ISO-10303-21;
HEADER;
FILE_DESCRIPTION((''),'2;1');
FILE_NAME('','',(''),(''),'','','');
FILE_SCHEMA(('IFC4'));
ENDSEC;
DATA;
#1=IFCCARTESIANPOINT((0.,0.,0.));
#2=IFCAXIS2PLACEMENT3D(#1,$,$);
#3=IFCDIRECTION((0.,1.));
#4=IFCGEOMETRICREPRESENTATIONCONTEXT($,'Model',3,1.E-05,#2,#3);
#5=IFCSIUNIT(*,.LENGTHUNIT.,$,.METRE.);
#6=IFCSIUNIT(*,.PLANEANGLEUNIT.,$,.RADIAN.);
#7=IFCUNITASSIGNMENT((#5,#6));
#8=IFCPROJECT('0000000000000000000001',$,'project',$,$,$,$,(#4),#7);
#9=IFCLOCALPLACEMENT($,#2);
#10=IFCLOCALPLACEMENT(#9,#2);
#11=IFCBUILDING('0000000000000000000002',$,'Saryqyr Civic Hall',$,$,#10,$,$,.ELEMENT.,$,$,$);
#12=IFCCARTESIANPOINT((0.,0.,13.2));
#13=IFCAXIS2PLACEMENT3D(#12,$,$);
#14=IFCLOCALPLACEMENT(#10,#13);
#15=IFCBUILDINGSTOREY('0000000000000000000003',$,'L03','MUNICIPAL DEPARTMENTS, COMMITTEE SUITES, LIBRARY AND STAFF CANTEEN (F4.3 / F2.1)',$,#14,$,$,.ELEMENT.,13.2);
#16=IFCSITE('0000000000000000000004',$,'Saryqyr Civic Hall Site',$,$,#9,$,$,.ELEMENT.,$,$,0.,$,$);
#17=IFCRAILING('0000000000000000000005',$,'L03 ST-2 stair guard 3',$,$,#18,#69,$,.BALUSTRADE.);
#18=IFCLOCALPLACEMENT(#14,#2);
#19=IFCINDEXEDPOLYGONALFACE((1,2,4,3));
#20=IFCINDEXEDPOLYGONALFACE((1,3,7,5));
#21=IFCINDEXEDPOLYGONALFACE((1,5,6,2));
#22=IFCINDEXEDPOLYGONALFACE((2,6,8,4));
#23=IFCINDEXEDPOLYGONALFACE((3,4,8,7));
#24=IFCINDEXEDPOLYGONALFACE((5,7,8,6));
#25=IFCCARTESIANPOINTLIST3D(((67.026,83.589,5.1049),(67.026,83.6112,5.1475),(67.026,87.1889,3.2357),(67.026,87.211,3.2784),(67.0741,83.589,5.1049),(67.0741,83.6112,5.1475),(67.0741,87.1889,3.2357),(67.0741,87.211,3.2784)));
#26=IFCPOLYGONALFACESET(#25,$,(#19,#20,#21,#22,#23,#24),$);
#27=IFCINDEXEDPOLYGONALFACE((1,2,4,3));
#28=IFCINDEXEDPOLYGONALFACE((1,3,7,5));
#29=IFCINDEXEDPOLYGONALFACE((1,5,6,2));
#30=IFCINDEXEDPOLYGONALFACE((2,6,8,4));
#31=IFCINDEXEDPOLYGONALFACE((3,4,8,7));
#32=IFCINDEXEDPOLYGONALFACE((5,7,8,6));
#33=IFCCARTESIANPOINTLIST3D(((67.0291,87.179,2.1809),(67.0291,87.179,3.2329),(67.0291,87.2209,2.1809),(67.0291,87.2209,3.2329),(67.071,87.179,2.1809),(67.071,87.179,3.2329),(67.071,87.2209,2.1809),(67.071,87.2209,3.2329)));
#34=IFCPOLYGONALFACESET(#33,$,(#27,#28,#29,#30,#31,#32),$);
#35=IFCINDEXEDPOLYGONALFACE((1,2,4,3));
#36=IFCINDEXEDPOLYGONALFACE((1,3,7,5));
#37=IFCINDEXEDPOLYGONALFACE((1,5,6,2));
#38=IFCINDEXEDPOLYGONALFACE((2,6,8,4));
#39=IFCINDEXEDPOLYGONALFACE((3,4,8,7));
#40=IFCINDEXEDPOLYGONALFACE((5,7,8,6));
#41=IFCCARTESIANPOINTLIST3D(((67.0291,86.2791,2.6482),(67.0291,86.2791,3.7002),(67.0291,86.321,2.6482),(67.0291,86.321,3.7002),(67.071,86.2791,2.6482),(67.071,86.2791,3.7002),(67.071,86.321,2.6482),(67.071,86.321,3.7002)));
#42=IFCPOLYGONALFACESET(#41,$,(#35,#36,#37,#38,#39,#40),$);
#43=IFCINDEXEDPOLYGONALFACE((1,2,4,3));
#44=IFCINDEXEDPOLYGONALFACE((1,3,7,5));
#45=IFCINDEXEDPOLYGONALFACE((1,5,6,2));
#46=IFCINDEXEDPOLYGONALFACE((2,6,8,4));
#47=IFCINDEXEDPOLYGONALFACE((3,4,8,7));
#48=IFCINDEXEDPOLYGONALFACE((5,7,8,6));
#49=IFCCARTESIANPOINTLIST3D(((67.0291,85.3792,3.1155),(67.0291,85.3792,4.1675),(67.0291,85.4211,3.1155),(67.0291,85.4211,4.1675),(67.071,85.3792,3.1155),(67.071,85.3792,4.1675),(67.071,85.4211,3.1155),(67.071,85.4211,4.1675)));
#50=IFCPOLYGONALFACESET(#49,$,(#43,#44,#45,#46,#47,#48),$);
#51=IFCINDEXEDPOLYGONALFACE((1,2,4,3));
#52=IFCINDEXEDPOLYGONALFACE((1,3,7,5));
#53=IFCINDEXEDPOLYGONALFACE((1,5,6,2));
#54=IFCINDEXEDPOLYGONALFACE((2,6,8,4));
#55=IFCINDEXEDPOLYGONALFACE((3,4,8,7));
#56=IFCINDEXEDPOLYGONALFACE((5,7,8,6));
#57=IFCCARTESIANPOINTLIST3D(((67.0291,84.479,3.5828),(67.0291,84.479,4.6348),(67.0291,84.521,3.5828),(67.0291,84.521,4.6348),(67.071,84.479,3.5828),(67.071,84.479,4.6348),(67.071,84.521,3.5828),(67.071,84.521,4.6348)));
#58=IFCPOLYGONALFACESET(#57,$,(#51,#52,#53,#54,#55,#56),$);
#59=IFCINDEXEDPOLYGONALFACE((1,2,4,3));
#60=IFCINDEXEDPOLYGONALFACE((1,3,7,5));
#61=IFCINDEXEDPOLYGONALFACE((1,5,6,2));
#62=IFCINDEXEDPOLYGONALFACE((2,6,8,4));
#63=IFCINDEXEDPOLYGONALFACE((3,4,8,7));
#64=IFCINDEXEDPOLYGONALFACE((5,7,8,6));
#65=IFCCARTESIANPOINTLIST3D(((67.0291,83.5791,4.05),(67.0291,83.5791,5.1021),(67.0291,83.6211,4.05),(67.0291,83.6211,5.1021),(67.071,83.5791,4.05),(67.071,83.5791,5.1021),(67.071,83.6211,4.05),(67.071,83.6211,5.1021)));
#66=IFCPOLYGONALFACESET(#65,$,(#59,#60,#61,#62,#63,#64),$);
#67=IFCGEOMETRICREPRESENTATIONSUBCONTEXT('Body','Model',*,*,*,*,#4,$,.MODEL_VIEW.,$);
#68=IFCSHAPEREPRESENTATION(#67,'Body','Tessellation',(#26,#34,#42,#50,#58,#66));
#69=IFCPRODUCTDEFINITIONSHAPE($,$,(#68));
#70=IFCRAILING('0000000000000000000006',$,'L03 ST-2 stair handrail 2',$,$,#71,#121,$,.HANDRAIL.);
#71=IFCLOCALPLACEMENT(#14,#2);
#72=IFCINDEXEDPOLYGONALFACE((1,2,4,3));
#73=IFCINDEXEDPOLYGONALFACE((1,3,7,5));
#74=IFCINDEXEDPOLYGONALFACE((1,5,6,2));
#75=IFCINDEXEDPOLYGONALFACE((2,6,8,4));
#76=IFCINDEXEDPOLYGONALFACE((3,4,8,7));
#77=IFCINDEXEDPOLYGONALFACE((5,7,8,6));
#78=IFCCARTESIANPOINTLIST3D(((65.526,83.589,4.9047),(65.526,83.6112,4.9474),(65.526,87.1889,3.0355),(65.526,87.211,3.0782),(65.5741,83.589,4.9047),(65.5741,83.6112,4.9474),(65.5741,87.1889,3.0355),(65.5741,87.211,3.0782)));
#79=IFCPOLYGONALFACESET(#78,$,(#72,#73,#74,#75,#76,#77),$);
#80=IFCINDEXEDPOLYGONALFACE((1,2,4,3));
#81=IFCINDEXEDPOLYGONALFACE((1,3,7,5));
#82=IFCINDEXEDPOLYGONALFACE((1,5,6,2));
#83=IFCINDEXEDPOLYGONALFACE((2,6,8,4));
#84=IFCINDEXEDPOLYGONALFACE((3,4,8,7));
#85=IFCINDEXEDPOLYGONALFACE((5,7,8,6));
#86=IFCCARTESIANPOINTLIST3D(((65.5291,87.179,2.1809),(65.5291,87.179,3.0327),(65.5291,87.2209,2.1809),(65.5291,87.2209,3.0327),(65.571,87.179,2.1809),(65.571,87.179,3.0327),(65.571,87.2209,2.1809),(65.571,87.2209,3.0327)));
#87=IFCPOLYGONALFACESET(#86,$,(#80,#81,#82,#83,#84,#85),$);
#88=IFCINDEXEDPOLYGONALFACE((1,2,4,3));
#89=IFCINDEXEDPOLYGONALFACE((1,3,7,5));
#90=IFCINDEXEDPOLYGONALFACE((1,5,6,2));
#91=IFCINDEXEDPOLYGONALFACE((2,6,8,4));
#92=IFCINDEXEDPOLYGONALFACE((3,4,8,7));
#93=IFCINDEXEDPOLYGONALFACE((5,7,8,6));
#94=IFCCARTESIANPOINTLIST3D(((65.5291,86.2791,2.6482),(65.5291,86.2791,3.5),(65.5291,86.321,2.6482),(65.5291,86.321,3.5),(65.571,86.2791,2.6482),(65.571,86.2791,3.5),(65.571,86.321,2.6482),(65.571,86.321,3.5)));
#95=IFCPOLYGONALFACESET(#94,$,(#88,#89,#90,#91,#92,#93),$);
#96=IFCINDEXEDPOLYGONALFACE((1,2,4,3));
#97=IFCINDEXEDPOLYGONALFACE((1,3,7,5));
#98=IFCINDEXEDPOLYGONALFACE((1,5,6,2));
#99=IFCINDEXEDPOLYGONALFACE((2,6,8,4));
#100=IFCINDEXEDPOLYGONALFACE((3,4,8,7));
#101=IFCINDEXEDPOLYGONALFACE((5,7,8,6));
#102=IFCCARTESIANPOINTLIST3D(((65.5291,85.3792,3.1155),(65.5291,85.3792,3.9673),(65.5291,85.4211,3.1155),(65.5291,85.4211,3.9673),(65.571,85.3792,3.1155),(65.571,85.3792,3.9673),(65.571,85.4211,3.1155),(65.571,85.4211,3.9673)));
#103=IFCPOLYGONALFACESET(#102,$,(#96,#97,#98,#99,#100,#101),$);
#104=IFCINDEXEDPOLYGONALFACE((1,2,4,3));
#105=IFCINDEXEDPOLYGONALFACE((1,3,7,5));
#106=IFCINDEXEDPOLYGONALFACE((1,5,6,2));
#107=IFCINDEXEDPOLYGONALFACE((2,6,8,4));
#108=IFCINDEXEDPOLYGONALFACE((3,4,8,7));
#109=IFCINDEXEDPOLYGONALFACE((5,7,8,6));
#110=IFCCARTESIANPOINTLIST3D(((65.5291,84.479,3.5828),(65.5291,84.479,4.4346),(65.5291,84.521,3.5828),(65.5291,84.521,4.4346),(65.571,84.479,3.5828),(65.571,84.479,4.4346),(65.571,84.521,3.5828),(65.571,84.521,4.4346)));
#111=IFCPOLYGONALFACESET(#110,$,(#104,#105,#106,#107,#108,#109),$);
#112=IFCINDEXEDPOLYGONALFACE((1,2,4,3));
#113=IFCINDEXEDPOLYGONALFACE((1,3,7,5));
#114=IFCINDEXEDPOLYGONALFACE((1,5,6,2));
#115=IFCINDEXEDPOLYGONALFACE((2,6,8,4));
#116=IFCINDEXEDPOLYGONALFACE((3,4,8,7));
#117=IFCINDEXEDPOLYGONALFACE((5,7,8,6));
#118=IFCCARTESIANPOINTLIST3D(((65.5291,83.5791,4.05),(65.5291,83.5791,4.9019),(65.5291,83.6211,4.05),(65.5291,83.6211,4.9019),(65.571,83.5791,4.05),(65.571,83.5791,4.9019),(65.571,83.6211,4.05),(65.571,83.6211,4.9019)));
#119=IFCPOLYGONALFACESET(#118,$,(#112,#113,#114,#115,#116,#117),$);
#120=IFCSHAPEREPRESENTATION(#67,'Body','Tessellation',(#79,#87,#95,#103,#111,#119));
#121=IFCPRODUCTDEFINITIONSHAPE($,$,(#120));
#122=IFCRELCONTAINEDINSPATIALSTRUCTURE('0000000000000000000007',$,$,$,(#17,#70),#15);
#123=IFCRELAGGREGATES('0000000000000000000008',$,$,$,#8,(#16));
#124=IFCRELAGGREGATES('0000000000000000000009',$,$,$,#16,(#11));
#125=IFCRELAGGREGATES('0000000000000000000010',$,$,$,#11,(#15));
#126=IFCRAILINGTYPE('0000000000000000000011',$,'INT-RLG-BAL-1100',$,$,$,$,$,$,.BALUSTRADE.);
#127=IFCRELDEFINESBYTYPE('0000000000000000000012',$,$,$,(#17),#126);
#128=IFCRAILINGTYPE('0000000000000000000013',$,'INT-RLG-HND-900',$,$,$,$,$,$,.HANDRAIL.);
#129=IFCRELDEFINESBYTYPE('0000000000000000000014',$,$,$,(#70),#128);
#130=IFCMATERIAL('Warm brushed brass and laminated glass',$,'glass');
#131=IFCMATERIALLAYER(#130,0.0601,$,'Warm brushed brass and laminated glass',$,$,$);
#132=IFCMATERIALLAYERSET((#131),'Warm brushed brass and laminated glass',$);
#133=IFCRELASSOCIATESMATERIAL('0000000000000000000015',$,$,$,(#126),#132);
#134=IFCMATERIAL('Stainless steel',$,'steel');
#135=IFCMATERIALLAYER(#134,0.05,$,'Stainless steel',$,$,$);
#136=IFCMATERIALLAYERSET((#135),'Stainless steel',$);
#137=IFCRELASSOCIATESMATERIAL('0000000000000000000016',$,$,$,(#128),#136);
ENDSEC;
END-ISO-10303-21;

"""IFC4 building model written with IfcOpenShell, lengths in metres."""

from ifc_helpers import new_model, si_unit, direction, frame, origin, origin_2d, place, context, subcontext, project, spatial, rectangle, extrude, material, layer, layer_set, type_object, element, save


model = new_model("IFC4")

# Units and contexts
model_context = context("Model", 3, precision=1e-05, world=origin(), true_north=direction((0.0, 1.0)))
body_context = subcontext(model_context, "Body", "Model", "MODEL_VIEW")
ifc_project = project(units=[si_unit("LENGTHUNIT", "METRE"), si_unit("PLANEANGLEUNIT", "RADIAN")], contexts=[model_context])

# Site, building, storey
site_placement = place(None, origin())
site = spatial("IfcSite", under=ifc_project, at=site_placement, Name="Saryqyr Civic Hall Site", CompositionType="ELEMENT", RefElevation=0.0)
building_placement = place(site_placement, origin())
building = spatial("IfcBuilding", under=site, at=building_placement, Name="Saryqyr Civic Hall", CompositionType="ELEMENT")
storey_placement = place(building_placement, frame((0.0, 0.0, 13.2)))
storey = spatial("IfcBuildingStorey", under=building, at=storey_placement, Name="L03", Description="MUNICIPAL DEPARTMENTS, COMMITTEE SUITES, LIBRARY AND STAFF CANTEEN (F4.3 / F2.1)", CompositionType="ELEMENT", Elevation=13.2)

# Railings
ifc_material_1 = material(Name="Warm brushed brass and laminated glass", Category="glass")
ifc_layer_1 = layer(ifc_material_1, 0.0601, Name="Warm brushed brass and laminated glass")
ifc_layer_set_1 = layer_set([ifc_layer_1], Name="Warm brushed brass and laminated glass")
railing_type_1 = type_object("IfcRailingType", Name="INT-RLG-BAL-1100", PredefinedType="BALUSTRADE", material=ifc_layer_set_1)
railing_1_placement = place(storey_placement, frame((67.05, 87.2, 2.1809)))
element("IfcRailing", 1, at=railing_1_placement, inside=storey, type_object=railing_type_1, Name="L03 ST-2 stair guard 3", PredefinedType="BALUSTRADE", context=body_context, shape_type="SweptSolid", body=[
    extrude(rectangle(XDim=0.0481, YDim=0.0481, at=origin_2d()), frame((0.0, 0.0, 1.0762), z_axis=(0.0, -0.887497, 0.460813), x_axis=(1.0, 0.0, 0.0)), (0.0, 0.0, 1.0), 4.0562),
    extrude(rectangle(XDim=0.042, YDim=0.042, at=origin_2d()), origin(), (0.0, 0.0, 1.0), 1.052),
    extrude(rectangle(XDim=0.042, YDim=0.042, at=origin_2d()), frame((0.0, -0.8999, 0.4673)), (0.0, 0.0, 1.0), 1.052),
    extrude(rectangle(XDim=0.042, YDim=0.042, at=origin_2d()), frame((0.0, -1.7998, 0.9346)), (0.0, 0.0, 1.0), 1.052),
    extrude(rectangle(XDim=0.042, YDim=0.042, at=origin_2d()), frame((0.0, -2.7, 1.4019)), (0.0, 0.0, 1.0), 1.052),
    extrude(rectangle(XDim=0.042, YDim=0.042, at=origin_2d()), frame((0.0, -3.5999, 1.8691)), (0.0, 0.0, 1.0), 1.052),
])
ifc_material_2 = material(Name="Stainless steel", Category="steel")
ifc_layer_2 = layer(ifc_material_2, 0.05, Name="Stainless steel")
ifc_layer_set_2 = layer_set([ifc_layer_2], Name="Stainless steel")
railing_type_2 = type_object("IfcRailingType", Name="INT-RLG-HND-900", PredefinedType="HANDRAIL", material=ifc_layer_set_2)
railing_2_placement = place(storey_placement, frame((65.55, 87.2, 2.1809)))
element("IfcRailing", 2, at=railing_2_placement, inside=storey, type_object=railing_type_2, Name="L03 ST-2 stair handrail 2", PredefinedType="HANDRAIL", context=body_context, shape_type="SweptSolid", body=[
    extrude(rectangle(XDim=0.0481, YDim=0.0481, at=origin_2d()), frame((0.0, 0.0, 0.876), z_axis=(0.0, -0.887497, 0.460813), x_axis=(1.0, 0.0, 0.0)), (0.0, 0.0, 1.0), 4.0562),
    extrude(rectangle(XDim=0.042, YDim=0.042, at=origin_2d()), origin(), (0.0, 0.0, 1.0), 0.8518),
    extrude(rectangle(XDim=0.042, YDim=0.042, at=origin_2d()), frame((0.0, -0.8999, 0.4673)), (0.0, 0.0, 1.0), 0.8518),
    extrude(rectangle(XDim=0.042, YDim=0.042, at=origin_2d()), frame((0.0, -1.7998, 0.9346)), (0.0, 0.0, 1.0), 0.8518),
    extrude(rectangle(XDim=0.042, YDim=0.042, at=origin_2d()), frame((0.0, -2.7, 1.4019)), (0.0, 0.0, 1.0), 0.8518),
    extrude(rectangle(XDim=0.042, YDim=0.042, at=origin_2d()), frame((0.0, -3.5999, 1.8691)), (0.0, 0.0, 1.0), 0.8518),
])

save(model, "model.ifc")
